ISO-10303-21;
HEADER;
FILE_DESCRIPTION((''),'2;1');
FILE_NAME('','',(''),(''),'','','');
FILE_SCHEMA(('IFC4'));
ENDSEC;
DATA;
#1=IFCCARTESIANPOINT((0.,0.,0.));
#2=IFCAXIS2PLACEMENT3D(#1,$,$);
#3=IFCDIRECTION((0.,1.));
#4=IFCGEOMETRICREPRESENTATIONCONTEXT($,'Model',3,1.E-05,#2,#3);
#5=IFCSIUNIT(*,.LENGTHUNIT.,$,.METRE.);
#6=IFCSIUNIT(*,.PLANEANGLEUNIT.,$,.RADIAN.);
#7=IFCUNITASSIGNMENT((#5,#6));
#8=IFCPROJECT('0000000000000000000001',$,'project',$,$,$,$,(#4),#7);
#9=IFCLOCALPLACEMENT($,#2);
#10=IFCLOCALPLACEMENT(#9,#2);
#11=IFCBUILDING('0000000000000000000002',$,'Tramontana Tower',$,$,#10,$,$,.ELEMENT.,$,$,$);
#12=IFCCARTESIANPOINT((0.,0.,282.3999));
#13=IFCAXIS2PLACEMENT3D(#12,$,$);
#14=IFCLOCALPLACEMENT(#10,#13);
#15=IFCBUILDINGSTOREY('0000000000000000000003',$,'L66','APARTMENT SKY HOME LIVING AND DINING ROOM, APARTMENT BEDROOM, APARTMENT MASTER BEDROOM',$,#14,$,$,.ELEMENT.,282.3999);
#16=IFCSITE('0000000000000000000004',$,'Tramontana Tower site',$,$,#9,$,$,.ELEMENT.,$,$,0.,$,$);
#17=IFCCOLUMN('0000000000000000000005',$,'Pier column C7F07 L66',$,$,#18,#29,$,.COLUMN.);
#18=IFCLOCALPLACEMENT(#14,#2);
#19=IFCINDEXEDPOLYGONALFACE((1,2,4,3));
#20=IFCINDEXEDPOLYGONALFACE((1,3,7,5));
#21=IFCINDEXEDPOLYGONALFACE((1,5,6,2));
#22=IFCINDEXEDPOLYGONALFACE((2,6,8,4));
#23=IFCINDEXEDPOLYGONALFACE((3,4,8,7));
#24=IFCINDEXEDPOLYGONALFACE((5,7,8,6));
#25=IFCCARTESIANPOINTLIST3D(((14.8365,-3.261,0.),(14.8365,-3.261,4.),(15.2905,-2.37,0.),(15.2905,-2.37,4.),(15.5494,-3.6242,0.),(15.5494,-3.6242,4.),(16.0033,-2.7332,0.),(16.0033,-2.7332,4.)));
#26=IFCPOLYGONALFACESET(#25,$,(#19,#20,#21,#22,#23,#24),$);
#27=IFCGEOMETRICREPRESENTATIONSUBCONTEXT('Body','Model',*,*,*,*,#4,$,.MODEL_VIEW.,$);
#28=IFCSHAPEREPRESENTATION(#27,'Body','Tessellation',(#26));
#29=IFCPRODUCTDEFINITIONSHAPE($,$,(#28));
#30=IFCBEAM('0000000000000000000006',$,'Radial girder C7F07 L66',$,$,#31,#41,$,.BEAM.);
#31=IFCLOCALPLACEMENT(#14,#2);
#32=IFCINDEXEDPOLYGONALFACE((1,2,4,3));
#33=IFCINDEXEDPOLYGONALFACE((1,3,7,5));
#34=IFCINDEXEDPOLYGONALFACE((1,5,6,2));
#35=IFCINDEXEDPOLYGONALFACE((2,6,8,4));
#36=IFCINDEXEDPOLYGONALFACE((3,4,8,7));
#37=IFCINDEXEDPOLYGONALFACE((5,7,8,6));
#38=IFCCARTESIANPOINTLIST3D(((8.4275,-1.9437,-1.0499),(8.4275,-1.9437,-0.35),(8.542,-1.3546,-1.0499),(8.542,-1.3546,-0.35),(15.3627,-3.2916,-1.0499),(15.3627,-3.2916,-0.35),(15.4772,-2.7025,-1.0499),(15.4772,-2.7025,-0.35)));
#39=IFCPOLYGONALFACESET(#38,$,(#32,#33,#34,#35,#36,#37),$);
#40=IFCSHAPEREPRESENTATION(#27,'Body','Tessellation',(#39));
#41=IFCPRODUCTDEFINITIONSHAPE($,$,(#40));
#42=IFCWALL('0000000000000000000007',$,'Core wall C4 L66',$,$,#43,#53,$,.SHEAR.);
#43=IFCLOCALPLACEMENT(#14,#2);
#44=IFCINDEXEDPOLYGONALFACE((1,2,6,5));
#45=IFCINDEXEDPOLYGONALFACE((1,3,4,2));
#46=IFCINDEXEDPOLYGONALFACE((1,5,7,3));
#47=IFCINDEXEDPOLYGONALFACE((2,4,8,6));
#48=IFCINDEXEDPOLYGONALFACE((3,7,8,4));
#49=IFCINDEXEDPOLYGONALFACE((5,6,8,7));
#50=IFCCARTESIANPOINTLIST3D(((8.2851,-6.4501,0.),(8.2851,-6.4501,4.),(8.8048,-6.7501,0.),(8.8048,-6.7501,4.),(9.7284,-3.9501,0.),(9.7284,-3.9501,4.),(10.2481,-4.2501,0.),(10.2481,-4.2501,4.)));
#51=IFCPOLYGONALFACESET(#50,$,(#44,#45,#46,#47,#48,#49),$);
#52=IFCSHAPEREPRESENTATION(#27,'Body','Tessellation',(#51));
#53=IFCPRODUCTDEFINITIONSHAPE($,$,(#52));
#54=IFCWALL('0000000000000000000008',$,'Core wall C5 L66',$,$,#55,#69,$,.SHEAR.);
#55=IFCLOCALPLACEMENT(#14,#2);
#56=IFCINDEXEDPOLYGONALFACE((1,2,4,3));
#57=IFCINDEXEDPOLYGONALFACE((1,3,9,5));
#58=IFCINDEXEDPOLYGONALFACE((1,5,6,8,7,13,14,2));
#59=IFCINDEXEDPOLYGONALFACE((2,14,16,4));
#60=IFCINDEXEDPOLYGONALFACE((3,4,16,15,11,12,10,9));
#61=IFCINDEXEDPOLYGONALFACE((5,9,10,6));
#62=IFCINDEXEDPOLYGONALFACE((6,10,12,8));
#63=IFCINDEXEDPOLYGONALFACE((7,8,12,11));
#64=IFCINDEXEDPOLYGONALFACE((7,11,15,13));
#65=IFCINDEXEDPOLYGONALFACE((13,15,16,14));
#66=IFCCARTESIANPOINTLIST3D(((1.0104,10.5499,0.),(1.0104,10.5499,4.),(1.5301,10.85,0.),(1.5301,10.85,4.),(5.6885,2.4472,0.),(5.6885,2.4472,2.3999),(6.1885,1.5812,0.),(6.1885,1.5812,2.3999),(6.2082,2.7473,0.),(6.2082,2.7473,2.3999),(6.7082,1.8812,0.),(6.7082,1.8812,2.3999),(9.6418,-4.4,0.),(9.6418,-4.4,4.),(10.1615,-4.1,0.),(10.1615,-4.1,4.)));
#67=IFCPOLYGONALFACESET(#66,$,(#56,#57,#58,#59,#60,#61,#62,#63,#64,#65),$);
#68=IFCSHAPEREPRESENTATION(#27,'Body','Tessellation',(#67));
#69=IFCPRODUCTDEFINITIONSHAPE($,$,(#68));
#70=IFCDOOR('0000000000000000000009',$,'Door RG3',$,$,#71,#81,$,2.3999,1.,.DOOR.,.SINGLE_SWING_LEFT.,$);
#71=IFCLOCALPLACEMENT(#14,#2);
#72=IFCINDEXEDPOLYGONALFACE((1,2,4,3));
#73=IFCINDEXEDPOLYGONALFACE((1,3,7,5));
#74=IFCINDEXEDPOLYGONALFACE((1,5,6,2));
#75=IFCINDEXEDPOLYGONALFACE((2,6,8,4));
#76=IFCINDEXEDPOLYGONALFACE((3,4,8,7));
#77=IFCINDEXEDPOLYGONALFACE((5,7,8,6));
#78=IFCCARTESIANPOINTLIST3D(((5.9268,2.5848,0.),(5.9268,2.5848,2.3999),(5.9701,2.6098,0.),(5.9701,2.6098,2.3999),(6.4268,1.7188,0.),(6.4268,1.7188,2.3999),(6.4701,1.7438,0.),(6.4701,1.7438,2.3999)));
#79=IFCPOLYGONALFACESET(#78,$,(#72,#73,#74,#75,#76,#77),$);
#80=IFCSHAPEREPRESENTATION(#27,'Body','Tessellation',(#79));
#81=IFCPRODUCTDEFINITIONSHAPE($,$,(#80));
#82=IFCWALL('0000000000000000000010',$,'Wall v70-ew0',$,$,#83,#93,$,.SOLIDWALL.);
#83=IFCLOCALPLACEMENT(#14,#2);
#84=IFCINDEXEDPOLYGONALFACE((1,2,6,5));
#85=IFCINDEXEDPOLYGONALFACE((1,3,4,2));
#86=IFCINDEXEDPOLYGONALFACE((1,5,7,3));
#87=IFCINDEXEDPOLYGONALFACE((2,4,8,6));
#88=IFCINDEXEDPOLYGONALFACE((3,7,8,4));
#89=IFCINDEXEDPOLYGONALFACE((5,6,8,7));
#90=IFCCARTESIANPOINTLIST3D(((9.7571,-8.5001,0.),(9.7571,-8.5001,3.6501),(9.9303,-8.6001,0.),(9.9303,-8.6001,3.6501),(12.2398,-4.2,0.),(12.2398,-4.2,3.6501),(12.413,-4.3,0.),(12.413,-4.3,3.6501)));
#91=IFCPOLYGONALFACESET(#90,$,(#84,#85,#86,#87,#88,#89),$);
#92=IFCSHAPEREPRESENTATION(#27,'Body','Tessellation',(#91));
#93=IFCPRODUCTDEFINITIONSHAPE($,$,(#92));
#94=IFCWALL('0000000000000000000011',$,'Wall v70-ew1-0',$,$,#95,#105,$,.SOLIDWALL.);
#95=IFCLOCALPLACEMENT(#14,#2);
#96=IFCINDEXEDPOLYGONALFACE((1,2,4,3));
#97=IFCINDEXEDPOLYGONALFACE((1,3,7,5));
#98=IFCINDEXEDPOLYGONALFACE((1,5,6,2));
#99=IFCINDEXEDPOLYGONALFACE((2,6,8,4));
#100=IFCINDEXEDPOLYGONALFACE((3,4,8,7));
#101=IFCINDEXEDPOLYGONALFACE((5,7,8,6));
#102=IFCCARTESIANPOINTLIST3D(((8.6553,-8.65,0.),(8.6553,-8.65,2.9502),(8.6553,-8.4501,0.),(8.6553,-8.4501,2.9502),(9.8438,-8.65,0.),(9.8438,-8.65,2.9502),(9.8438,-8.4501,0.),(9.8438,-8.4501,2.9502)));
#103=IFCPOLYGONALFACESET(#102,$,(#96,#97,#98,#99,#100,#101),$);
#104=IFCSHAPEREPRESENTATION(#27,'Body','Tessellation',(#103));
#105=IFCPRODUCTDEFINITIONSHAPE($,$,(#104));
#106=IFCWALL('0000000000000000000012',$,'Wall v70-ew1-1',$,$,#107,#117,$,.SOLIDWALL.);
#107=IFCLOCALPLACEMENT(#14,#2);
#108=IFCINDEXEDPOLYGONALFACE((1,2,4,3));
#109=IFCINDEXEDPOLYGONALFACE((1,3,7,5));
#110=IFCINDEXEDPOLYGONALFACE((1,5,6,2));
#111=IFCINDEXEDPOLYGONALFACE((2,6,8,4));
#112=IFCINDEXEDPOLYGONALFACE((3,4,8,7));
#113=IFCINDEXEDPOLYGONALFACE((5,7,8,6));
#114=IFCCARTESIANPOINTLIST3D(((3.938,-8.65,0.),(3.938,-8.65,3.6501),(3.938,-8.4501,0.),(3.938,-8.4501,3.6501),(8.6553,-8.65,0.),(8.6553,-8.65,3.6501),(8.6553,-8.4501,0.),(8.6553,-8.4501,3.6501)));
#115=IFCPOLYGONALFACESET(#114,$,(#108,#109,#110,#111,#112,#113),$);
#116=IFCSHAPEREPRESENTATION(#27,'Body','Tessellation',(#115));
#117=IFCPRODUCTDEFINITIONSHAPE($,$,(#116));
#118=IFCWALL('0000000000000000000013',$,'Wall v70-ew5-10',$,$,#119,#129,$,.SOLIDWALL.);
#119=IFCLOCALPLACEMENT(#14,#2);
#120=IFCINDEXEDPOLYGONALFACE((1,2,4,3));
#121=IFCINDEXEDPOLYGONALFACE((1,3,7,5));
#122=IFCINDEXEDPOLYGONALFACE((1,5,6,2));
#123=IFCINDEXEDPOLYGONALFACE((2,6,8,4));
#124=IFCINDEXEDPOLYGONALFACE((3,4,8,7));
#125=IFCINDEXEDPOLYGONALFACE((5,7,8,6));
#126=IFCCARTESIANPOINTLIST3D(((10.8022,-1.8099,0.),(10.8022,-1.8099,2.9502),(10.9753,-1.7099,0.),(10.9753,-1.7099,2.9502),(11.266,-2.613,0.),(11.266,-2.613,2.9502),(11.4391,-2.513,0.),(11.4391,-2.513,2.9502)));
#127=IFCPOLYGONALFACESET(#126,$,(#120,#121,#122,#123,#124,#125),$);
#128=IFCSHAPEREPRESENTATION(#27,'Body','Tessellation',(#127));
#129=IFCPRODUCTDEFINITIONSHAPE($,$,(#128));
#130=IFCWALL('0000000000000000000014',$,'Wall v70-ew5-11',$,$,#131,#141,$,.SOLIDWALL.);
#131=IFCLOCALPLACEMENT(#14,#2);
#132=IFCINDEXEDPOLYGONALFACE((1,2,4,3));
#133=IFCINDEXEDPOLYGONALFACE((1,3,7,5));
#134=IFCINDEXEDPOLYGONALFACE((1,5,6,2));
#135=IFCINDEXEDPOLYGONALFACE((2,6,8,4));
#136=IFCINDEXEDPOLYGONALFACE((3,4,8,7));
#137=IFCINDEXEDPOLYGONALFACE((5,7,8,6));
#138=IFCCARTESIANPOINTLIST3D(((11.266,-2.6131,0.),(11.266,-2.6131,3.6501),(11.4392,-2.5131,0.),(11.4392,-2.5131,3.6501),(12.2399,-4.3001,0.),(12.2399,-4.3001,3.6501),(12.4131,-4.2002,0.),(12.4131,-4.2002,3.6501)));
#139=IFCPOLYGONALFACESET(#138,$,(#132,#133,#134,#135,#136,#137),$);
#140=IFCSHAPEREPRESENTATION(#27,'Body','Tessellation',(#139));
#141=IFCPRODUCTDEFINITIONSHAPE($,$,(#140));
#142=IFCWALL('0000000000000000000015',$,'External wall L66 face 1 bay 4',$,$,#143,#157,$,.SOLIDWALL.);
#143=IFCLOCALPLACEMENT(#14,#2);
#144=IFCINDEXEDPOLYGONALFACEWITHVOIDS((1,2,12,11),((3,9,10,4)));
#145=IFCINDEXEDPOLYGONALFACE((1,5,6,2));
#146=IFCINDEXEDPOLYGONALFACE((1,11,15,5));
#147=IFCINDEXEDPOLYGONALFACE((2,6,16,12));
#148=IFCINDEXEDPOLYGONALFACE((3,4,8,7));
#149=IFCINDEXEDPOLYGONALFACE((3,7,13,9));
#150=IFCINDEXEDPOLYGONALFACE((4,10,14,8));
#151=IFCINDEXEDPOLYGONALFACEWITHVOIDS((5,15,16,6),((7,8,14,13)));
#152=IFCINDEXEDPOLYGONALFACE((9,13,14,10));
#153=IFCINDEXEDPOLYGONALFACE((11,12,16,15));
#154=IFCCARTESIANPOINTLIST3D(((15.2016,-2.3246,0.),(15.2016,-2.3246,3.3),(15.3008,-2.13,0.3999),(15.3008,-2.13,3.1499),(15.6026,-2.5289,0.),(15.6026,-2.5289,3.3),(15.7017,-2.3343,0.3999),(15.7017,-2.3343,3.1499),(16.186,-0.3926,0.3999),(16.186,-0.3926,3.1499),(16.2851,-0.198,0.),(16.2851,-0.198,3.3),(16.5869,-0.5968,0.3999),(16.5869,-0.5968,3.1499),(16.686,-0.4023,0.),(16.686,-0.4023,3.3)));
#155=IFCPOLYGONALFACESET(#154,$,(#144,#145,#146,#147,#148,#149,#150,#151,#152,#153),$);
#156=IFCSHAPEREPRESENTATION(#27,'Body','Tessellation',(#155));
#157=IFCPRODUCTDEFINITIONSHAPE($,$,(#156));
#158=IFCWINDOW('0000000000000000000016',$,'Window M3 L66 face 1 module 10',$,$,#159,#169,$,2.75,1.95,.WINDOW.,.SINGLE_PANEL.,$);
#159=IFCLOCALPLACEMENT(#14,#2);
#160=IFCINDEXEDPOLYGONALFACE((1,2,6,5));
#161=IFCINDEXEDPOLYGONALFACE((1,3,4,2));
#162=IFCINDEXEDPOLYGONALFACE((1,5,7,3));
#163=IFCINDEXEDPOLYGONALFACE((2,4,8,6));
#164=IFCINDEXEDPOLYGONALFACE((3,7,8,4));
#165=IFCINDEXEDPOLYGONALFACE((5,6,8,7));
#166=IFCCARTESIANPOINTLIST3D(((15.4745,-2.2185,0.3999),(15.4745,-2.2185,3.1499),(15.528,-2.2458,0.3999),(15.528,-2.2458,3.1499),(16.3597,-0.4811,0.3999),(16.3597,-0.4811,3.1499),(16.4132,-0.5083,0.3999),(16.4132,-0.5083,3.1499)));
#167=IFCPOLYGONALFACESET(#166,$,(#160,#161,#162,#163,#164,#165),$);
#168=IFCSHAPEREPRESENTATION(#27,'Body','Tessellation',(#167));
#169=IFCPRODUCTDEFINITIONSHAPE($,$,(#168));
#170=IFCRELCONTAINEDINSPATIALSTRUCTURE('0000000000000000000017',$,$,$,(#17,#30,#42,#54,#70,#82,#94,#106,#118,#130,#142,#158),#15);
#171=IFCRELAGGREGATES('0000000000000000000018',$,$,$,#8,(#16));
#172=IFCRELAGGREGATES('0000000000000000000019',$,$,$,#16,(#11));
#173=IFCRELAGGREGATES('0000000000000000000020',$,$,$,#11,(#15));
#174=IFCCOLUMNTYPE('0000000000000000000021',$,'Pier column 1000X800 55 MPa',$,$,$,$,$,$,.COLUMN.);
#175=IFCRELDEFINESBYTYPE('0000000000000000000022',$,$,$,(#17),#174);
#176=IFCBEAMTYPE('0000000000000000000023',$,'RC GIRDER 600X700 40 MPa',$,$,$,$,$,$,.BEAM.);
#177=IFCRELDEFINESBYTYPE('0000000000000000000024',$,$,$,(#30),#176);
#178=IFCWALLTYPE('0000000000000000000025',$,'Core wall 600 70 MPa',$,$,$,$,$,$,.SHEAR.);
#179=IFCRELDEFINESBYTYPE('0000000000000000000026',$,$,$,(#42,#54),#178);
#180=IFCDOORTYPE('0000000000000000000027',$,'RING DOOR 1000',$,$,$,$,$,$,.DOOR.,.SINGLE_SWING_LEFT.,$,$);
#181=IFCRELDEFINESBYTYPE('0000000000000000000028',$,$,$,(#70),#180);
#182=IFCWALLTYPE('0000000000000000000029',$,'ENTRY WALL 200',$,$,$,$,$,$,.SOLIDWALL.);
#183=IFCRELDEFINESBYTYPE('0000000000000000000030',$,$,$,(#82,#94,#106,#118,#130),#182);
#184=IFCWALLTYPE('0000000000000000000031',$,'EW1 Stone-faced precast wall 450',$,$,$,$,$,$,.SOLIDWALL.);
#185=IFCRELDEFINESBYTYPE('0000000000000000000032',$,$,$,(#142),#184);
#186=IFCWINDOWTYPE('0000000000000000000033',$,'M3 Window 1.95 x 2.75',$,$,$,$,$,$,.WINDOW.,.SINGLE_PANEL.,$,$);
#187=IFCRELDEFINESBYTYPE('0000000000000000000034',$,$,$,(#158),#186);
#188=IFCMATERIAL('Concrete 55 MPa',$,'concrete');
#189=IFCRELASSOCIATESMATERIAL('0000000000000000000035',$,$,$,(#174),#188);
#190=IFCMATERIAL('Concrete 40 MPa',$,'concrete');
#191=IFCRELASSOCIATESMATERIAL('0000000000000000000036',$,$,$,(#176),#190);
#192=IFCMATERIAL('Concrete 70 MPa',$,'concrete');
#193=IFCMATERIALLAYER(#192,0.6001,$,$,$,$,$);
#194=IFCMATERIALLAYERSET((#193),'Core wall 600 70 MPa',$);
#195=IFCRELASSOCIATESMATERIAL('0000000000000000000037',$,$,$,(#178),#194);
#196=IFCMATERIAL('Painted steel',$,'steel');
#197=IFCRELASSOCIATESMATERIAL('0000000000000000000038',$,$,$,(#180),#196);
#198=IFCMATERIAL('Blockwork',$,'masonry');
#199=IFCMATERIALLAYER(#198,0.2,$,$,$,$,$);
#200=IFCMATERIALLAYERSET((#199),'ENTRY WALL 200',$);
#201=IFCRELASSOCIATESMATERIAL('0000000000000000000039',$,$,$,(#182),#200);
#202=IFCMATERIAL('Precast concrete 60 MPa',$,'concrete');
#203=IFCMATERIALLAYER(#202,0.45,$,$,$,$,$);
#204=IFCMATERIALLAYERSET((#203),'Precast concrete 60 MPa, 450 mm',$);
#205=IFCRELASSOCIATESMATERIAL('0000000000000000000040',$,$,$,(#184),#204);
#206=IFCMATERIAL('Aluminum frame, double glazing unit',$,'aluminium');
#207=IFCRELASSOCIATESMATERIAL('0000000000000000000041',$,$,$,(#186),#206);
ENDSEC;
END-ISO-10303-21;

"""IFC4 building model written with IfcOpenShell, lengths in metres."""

from ifc_helpers import new_model, si_unit, direction, frame, frame_2d, origin, origin_2d, place, context, subcontext, project, spatial, rectangle, extrude, material, layer, layer_set, material_profile, profile_set, type_object, element, fill, save


model = new_model("IFC4")

# Units and contexts
model_context = context("Model", 3, precision=1e-05, world=origin(), true_north=direction((0.0, 1.0)))
body_context = subcontext(model_context, "Body", "Model", "MODEL_VIEW")
ifc_project = project(units=[si_unit("LENGTHUNIT", "METRE"), si_unit("PLANEANGLEUNIT", "RADIAN")], contexts=[model_context])

# Site, building, storey
site_placement = place(None, origin())
site = spatial("IfcSite", under=ifc_project, at=site_placement, Name="Tramontana Tower site", CompositionType="ELEMENT", RefElevation=0.0)
building_placement = place(site_placement, origin())
building = spatial("IfcBuilding", under=site, at=building_placement, Name="Tramontana Tower", CompositionType="ELEMENT")
storey_placement = place(building_placement, frame((0.0, 0.0, 282.3999)))
storey = spatial("IfcBuildingStorey", under=building, at=storey_placement, Name="L66", Description="APARTMENT SKY HOME LIVING AND DINING ROOM, APARTMENT BEDROOM, APARTMENT MASTER BEDROOM", CompositionType="ELEMENT", Elevation=282.3999)

# Column
ifc_material_1 = material(Name="Concrete 55 MPa", Category="concrete")
ifc_material_profile_1 = material_profile(ifc_material_1, rectangle(XDim=1.0, YDim=0.8, at=origin_2d()), Name="Pier column 1000X800 55 MPa")
ifc_profile_set_1 = profile_set([ifc_material_profile_1], Name="Concrete 55 MPa")
column_type = type_object("IfcColumnType", Name="Pier column 1000X800 55 MPa", PredefinedType="COLUMN", material=ifc_profile_set_1)
column_placement = place(storey_placement, frame((15.4199, -2.9971, 0.0), z_axis=(0.0, 0.0, 1.0), x_axis=(0.45399, 0.891007, 0.0)))
element("IfcColumn", 1, at=column_placement, inside=storey, type_object=column_type, Name="Pier column C7F07 L66", PredefinedType="COLUMN", context=body_context, shape_type="SweptSolid", body=[
    extrude(rectangle(XDim=1.0, YDim=0.8, at=origin_2d()), origin(), (0.0, 0.0, 1.0), 4.0),
])

# Beam
ifc_material_2 = material(Name="Concrete 40 MPa", Category="concrete")
ifc_material_profile_2 = material_profile(ifc_material_2, rectangle(XDim=0.6001, YDim=0.7, at=origin_2d()), Name="RC GIRDER 600X700 40 MPa")
ifc_profile_set_2 = profile_set([ifc_material_profile_2], Name="Concrete 40 MPa")
beam_type = type_object("IfcBeamType", Name="RC GIRDER 600X700 40 MPa", PredefinedType="BEAM", material=ifc_profile_set_2)
beam_placement = place(storey_placement, frame((15.4199, -2.9971, -0.7), z_axis=(-0.981631, 0.19079, 0.0), x_axis=(-0.19079, -0.981631, 0.0)))
element("IfcBeam", 2, at=beam_placement, inside=storey, type_object=beam_type, Name="Radial girder C7F07 L66", PredefinedType="BEAM", context=body_context, shape_type="SweptSolid", body=[
    extrude(rectangle(XDim=0.6001, YDim=0.7, at=origin_2d()), origin(), (0.0, 0.0, 1.0), 7.0649),
])

# Wall
ifc_material_3 = material(Name="Concrete 70 MPa", Category="concrete")
ifc_layer_1 = layer(ifc_material_3, 0.6001)
ifc_layer_set_1 = layer_set([ifc_layer_1], Name="Core wall 600 70 MPa")
wall_type_1 = type_object("IfcWallType", Name="Core wall 600 70 MPa", PredefinedType="SHEAR", material=ifc_layer_set_1)
wall_1_placement = place(storey_placement, frame((8.5449, -6.6001, 0.0), z_axis=(0.0, 0.0, 1.0), x_axis=(0.499996, 0.866028, 0.0)))
element("IfcWall", 3, at=wall_1_placement, inside=storey, type_object=wall_type_1, Name="Core wall C4 L66", PredefinedType="SHEAR", context=body_context, shape_type="SweptSolid", body=[
    extrude(rectangle(XDim=2.8867, YDim=0.6001, at=frame_2d((1.4434, 0.0))), origin(), (0.0, 0.0, 1.0), 4.0),
])

# Wall, opening, door
wall_2_placement = place(storey_placement, frame((9.9016, -4.25, 0.0), z_axis=(0.0, 0.0, 1.0), x_axis=(-0.5, 0.866026, 0.0)))
wall_2 = element("IfcWall", 4, at=wall_2_placement, inside=storey, type_object=wall_type_1, Name="Core wall C5 L66", PredefinedType="SHEAR", context=body_context, shape_type="SweptSolid", body=[
    extrude(rectangle(XDim=17.2627, YDim=0.6001, at=frame_2d((8.6313, 0.0))), origin(), (0.0, 0.0, 1.0), 4.0),
])
opening_1_placement = place(wall_2_placement, frame((6.9065, 0.0, 0.0)))
opening_1 = element("IfcOpeningElement", 5, at=opening_1_placement, cuts=wall_2, PredefinedType="OPENING", context=body_context, shape_type="SweptSolid", body=[
    extrude(rectangle(XDim=1.0, YDim=2.3999, at=frame_2d((0.5, 1.2))), frame((0.0, 0.3101, 0.0), z_axis=(0.0, -1.0, 0.0), x_axis=(1.0, 0.0, 0.0)), (0.0, 0.0, 1.0), 0.6201),
])
ifc_material_4 = material(Name="Painted steel", Category="steel")
door_type_1 = type_object("IfcDoorType", Name="RING DOOR 1000", OperationType="SINGLE_SWING_LEFT", PredefinedType="DOOR", material=ifc_material_4)
door_1_placement = place(opening_1_placement, origin())
door_1 = element("IfcDoor", 6, at=door_1_placement, inside=storey, type_object=door_type_1, Name="Door RG3", OperationType="SINGLE_SWING_LEFT", OverallHeight=2.3999, OverallWidth=1.0, PredefinedType="DOOR", context=body_context, shape_type="SweptSolid", body=[
    extrude(rectangle(XDim=1.0, YDim=2.3999, at=frame_2d((0.5, 1.2))), frame((0.0, 0.0249, 0.0), z_axis=(0.0, -1.0, 0.0), x_axis=(1.0, 0.0, 0.0)), (0.0, 0.0, 1.0), 0.05),
])
fill(opening_1, door_1)

# Walls
ifc_material_5 = material(Name="Blockwork", Category="masonry")
ifc_layer_2 = layer(ifc_material_5, 0.2)
ifc_layer_set_2 = layer_set([ifc_layer_2], Name="ENTRY WALL 200")
wall_type_2 = type_object("IfcWallType", Name="ENTRY WALL 200", PredefinedType="SOLIDWALL", material=ifc_layer_set_2)
wall_3_placement = place(storey_placement, frame((12.3264, -4.25, 0.0), z_axis=(0.0, 0.0, 1.0), x_axis=(-0.500005, -0.866023, 0.0)))
element("IfcWall", 7, at=wall_3_placement, inside=storey, type_object=wall_type_2, Name="Wall v70-ew0", PredefinedType="SOLIDWALL", context=body_context, shape_type="SweptSolid", body=[
    extrude(rectangle(XDim=4.9653, YDim=0.2, at=frame_2d((2.4827, 0.0))), origin(), (0.0, 0.0, 1.0), 3.6501),
])
wall_4_placement = place(storey_placement, frame((9.8438, -8.55, 0.0), z_axis=(0.0, 0.0, 1.0), x_axis=(-1.0, 0.0, 0.0)))
element("IfcWall", 8, at=wall_4_placement, inside=storey, type_object=wall_type_2, Name="Wall v70-ew1-0", PredefinedType="SOLIDWALL", context=body_context, shape_type="SweptSolid", body=[
    extrude(rectangle(XDim=1.1885, YDim=0.2, at=frame_2d((0.5942, 0.0))), origin(), (0.0, 0.0, 1.0), 2.9502),
])
wall_5_placement = place(storey_placement, frame((8.6553, -8.55, 0.0), z_axis=(0.0, 0.0, 1.0), x_axis=(-1.0, 0.0, 0.0)))
element("IfcWall", 9, at=wall_5_placement, inside=storey, type_object=wall_type_2, Name="Wall v70-ew1-1", PredefinedType="SOLIDWALL", context=body_context, shape_type="SweptSolid", body=[
    extrude(rectangle(XDim=4.7173, YDim=0.2, at=frame_2d((2.3586, 0.0))), origin(), (0.0, 0.0, 1.0), 3.6501),
])
wall_6_placement = place(storey_placement, frame((10.8887, -1.7598, 0.0), z_axis=(0.0, 0.0, 1.0), x_axis=(0.500102, -0.865966, 0.0)))
element("IfcWall", 10, at=wall_6_placement, inside=storey, type_object=wall_type_2, Name="Wall v70-ew5-10", PredefinedType="SOLIDWALL", context=body_context, shape_type="SweptSolid", body=[
    extrude(rectangle(XDim=0.9275, YDim=0.2, at=frame_2d((0.4639, 0.0))), origin(), (0.0, 0.0, 1.0), 2.9502),
])
wall_7_placement = place(storey_placement, frame((11.3525, -2.563, 0.0), z_axis=(0.0, 0.0, 1.0), x_axis=(0.499954, -0.866052, 0.0)))
element("IfcWall", 11, at=wall_7_placement, inside=storey, type_object=wall_type_2, Name="Wall v70-ew5-11", PredefinedType="SOLIDWALL", context=body_context, shape_type="SweptSolid", body=[
    extrude(rectangle(XDim=1.948, YDim=0.2, at=frame_2d((0.9741, 0.0))), origin(), (0.0, 0.0, 1.0), 3.6501),
])

# Wall, opening, window
ifc_material_6 = material(Name="Precast concrete 60 MPa", Category="concrete")
ifc_layer_3 = layer(ifc_material_6, 0.45)
ifc_layer_set_3 = layer_set([ifc_layer_3], Name="Precast concrete 60 MPa, 450 mm")
wall_type_3 = type_object("IfcWallType", Name="EW1 Stone-faced precast wall 450", PredefinedType="SOLIDWALL", material=ifc_layer_set_3)
wall_8_placement = place(storey_placement, frame((15.4021, -2.4268, 0.0), z_axis=(0.0, 0.0, 1.0), x_axis=(0.453952, 0.891026, 0.0)))
wall_8 = element("IfcWall", 12, at=wall_8_placement, inside=storey, type_object=wall_type_3, Name="External wall L66 face 1 bay 4", PredefinedType="SOLIDWALL", context=body_context, shape_type="SweptSolid", body=[
    extrude(rectangle(XDim=2.3867, YDim=0.45, at=frame_2d((1.1934, 0.0))), origin(), (0.0, 0.0, 1.0), 3.3),
])
opening_2_placement = place(wall_8_placement, frame((0.2183, 0.0, 0.3999)))
opening_2 = element("IfcOpeningElement", 13, at=opening_2_placement, cuts=wall_8, PredefinedType="OPENING", context=body_context, shape_type="SweptSolid", body=[
    extrude(rectangle(XDim=1.95, YDim=2.75, at=frame_2d((0.9751, 1.375))), frame((0.0, 0.2349, 0.0), z_axis=(0.0, -1.0, 0.0), x_axis=(1.0, 0.0, 0.0)), (0.0, 0.0, 1.0), 0.47),
])
ifc_material_7 = material(Name="Aluminum frame, double glazing unit", Category="aluminium")
window_type = type_object("IfcWindowType", Name="M3 Window 1.95 x 2.75", PartitioningType="SINGLE_PANEL", PredefinedType="WINDOW", material=ifc_material_7)
window_placement = place(opening_2_placement, origin())
window = element("IfcWindow", 14, at=window_placement, inside=storey, type_object=window_type, Name="Window M3 L66 face 1 module 10", OverallHeight=2.75, OverallWidth=1.95, PartitioningType="SINGLE_PANEL", PredefinedType="WINDOW", context=body_context, shape_type="SweptSolid", body=[
    extrude(rectangle(XDim=1.95, YDim=2.75, at=frame_2d((0.9751, 1.375))), frame((0.0, 0.03, 0.0), z_axis=(0.0, -1.0, 0.0), x_axis=(1.0, 0.0, 0.0)), (0.0, 0.0, 1.0), 0.0601),
])
fill(opening_2, window)

save(model, "model.ifc")
